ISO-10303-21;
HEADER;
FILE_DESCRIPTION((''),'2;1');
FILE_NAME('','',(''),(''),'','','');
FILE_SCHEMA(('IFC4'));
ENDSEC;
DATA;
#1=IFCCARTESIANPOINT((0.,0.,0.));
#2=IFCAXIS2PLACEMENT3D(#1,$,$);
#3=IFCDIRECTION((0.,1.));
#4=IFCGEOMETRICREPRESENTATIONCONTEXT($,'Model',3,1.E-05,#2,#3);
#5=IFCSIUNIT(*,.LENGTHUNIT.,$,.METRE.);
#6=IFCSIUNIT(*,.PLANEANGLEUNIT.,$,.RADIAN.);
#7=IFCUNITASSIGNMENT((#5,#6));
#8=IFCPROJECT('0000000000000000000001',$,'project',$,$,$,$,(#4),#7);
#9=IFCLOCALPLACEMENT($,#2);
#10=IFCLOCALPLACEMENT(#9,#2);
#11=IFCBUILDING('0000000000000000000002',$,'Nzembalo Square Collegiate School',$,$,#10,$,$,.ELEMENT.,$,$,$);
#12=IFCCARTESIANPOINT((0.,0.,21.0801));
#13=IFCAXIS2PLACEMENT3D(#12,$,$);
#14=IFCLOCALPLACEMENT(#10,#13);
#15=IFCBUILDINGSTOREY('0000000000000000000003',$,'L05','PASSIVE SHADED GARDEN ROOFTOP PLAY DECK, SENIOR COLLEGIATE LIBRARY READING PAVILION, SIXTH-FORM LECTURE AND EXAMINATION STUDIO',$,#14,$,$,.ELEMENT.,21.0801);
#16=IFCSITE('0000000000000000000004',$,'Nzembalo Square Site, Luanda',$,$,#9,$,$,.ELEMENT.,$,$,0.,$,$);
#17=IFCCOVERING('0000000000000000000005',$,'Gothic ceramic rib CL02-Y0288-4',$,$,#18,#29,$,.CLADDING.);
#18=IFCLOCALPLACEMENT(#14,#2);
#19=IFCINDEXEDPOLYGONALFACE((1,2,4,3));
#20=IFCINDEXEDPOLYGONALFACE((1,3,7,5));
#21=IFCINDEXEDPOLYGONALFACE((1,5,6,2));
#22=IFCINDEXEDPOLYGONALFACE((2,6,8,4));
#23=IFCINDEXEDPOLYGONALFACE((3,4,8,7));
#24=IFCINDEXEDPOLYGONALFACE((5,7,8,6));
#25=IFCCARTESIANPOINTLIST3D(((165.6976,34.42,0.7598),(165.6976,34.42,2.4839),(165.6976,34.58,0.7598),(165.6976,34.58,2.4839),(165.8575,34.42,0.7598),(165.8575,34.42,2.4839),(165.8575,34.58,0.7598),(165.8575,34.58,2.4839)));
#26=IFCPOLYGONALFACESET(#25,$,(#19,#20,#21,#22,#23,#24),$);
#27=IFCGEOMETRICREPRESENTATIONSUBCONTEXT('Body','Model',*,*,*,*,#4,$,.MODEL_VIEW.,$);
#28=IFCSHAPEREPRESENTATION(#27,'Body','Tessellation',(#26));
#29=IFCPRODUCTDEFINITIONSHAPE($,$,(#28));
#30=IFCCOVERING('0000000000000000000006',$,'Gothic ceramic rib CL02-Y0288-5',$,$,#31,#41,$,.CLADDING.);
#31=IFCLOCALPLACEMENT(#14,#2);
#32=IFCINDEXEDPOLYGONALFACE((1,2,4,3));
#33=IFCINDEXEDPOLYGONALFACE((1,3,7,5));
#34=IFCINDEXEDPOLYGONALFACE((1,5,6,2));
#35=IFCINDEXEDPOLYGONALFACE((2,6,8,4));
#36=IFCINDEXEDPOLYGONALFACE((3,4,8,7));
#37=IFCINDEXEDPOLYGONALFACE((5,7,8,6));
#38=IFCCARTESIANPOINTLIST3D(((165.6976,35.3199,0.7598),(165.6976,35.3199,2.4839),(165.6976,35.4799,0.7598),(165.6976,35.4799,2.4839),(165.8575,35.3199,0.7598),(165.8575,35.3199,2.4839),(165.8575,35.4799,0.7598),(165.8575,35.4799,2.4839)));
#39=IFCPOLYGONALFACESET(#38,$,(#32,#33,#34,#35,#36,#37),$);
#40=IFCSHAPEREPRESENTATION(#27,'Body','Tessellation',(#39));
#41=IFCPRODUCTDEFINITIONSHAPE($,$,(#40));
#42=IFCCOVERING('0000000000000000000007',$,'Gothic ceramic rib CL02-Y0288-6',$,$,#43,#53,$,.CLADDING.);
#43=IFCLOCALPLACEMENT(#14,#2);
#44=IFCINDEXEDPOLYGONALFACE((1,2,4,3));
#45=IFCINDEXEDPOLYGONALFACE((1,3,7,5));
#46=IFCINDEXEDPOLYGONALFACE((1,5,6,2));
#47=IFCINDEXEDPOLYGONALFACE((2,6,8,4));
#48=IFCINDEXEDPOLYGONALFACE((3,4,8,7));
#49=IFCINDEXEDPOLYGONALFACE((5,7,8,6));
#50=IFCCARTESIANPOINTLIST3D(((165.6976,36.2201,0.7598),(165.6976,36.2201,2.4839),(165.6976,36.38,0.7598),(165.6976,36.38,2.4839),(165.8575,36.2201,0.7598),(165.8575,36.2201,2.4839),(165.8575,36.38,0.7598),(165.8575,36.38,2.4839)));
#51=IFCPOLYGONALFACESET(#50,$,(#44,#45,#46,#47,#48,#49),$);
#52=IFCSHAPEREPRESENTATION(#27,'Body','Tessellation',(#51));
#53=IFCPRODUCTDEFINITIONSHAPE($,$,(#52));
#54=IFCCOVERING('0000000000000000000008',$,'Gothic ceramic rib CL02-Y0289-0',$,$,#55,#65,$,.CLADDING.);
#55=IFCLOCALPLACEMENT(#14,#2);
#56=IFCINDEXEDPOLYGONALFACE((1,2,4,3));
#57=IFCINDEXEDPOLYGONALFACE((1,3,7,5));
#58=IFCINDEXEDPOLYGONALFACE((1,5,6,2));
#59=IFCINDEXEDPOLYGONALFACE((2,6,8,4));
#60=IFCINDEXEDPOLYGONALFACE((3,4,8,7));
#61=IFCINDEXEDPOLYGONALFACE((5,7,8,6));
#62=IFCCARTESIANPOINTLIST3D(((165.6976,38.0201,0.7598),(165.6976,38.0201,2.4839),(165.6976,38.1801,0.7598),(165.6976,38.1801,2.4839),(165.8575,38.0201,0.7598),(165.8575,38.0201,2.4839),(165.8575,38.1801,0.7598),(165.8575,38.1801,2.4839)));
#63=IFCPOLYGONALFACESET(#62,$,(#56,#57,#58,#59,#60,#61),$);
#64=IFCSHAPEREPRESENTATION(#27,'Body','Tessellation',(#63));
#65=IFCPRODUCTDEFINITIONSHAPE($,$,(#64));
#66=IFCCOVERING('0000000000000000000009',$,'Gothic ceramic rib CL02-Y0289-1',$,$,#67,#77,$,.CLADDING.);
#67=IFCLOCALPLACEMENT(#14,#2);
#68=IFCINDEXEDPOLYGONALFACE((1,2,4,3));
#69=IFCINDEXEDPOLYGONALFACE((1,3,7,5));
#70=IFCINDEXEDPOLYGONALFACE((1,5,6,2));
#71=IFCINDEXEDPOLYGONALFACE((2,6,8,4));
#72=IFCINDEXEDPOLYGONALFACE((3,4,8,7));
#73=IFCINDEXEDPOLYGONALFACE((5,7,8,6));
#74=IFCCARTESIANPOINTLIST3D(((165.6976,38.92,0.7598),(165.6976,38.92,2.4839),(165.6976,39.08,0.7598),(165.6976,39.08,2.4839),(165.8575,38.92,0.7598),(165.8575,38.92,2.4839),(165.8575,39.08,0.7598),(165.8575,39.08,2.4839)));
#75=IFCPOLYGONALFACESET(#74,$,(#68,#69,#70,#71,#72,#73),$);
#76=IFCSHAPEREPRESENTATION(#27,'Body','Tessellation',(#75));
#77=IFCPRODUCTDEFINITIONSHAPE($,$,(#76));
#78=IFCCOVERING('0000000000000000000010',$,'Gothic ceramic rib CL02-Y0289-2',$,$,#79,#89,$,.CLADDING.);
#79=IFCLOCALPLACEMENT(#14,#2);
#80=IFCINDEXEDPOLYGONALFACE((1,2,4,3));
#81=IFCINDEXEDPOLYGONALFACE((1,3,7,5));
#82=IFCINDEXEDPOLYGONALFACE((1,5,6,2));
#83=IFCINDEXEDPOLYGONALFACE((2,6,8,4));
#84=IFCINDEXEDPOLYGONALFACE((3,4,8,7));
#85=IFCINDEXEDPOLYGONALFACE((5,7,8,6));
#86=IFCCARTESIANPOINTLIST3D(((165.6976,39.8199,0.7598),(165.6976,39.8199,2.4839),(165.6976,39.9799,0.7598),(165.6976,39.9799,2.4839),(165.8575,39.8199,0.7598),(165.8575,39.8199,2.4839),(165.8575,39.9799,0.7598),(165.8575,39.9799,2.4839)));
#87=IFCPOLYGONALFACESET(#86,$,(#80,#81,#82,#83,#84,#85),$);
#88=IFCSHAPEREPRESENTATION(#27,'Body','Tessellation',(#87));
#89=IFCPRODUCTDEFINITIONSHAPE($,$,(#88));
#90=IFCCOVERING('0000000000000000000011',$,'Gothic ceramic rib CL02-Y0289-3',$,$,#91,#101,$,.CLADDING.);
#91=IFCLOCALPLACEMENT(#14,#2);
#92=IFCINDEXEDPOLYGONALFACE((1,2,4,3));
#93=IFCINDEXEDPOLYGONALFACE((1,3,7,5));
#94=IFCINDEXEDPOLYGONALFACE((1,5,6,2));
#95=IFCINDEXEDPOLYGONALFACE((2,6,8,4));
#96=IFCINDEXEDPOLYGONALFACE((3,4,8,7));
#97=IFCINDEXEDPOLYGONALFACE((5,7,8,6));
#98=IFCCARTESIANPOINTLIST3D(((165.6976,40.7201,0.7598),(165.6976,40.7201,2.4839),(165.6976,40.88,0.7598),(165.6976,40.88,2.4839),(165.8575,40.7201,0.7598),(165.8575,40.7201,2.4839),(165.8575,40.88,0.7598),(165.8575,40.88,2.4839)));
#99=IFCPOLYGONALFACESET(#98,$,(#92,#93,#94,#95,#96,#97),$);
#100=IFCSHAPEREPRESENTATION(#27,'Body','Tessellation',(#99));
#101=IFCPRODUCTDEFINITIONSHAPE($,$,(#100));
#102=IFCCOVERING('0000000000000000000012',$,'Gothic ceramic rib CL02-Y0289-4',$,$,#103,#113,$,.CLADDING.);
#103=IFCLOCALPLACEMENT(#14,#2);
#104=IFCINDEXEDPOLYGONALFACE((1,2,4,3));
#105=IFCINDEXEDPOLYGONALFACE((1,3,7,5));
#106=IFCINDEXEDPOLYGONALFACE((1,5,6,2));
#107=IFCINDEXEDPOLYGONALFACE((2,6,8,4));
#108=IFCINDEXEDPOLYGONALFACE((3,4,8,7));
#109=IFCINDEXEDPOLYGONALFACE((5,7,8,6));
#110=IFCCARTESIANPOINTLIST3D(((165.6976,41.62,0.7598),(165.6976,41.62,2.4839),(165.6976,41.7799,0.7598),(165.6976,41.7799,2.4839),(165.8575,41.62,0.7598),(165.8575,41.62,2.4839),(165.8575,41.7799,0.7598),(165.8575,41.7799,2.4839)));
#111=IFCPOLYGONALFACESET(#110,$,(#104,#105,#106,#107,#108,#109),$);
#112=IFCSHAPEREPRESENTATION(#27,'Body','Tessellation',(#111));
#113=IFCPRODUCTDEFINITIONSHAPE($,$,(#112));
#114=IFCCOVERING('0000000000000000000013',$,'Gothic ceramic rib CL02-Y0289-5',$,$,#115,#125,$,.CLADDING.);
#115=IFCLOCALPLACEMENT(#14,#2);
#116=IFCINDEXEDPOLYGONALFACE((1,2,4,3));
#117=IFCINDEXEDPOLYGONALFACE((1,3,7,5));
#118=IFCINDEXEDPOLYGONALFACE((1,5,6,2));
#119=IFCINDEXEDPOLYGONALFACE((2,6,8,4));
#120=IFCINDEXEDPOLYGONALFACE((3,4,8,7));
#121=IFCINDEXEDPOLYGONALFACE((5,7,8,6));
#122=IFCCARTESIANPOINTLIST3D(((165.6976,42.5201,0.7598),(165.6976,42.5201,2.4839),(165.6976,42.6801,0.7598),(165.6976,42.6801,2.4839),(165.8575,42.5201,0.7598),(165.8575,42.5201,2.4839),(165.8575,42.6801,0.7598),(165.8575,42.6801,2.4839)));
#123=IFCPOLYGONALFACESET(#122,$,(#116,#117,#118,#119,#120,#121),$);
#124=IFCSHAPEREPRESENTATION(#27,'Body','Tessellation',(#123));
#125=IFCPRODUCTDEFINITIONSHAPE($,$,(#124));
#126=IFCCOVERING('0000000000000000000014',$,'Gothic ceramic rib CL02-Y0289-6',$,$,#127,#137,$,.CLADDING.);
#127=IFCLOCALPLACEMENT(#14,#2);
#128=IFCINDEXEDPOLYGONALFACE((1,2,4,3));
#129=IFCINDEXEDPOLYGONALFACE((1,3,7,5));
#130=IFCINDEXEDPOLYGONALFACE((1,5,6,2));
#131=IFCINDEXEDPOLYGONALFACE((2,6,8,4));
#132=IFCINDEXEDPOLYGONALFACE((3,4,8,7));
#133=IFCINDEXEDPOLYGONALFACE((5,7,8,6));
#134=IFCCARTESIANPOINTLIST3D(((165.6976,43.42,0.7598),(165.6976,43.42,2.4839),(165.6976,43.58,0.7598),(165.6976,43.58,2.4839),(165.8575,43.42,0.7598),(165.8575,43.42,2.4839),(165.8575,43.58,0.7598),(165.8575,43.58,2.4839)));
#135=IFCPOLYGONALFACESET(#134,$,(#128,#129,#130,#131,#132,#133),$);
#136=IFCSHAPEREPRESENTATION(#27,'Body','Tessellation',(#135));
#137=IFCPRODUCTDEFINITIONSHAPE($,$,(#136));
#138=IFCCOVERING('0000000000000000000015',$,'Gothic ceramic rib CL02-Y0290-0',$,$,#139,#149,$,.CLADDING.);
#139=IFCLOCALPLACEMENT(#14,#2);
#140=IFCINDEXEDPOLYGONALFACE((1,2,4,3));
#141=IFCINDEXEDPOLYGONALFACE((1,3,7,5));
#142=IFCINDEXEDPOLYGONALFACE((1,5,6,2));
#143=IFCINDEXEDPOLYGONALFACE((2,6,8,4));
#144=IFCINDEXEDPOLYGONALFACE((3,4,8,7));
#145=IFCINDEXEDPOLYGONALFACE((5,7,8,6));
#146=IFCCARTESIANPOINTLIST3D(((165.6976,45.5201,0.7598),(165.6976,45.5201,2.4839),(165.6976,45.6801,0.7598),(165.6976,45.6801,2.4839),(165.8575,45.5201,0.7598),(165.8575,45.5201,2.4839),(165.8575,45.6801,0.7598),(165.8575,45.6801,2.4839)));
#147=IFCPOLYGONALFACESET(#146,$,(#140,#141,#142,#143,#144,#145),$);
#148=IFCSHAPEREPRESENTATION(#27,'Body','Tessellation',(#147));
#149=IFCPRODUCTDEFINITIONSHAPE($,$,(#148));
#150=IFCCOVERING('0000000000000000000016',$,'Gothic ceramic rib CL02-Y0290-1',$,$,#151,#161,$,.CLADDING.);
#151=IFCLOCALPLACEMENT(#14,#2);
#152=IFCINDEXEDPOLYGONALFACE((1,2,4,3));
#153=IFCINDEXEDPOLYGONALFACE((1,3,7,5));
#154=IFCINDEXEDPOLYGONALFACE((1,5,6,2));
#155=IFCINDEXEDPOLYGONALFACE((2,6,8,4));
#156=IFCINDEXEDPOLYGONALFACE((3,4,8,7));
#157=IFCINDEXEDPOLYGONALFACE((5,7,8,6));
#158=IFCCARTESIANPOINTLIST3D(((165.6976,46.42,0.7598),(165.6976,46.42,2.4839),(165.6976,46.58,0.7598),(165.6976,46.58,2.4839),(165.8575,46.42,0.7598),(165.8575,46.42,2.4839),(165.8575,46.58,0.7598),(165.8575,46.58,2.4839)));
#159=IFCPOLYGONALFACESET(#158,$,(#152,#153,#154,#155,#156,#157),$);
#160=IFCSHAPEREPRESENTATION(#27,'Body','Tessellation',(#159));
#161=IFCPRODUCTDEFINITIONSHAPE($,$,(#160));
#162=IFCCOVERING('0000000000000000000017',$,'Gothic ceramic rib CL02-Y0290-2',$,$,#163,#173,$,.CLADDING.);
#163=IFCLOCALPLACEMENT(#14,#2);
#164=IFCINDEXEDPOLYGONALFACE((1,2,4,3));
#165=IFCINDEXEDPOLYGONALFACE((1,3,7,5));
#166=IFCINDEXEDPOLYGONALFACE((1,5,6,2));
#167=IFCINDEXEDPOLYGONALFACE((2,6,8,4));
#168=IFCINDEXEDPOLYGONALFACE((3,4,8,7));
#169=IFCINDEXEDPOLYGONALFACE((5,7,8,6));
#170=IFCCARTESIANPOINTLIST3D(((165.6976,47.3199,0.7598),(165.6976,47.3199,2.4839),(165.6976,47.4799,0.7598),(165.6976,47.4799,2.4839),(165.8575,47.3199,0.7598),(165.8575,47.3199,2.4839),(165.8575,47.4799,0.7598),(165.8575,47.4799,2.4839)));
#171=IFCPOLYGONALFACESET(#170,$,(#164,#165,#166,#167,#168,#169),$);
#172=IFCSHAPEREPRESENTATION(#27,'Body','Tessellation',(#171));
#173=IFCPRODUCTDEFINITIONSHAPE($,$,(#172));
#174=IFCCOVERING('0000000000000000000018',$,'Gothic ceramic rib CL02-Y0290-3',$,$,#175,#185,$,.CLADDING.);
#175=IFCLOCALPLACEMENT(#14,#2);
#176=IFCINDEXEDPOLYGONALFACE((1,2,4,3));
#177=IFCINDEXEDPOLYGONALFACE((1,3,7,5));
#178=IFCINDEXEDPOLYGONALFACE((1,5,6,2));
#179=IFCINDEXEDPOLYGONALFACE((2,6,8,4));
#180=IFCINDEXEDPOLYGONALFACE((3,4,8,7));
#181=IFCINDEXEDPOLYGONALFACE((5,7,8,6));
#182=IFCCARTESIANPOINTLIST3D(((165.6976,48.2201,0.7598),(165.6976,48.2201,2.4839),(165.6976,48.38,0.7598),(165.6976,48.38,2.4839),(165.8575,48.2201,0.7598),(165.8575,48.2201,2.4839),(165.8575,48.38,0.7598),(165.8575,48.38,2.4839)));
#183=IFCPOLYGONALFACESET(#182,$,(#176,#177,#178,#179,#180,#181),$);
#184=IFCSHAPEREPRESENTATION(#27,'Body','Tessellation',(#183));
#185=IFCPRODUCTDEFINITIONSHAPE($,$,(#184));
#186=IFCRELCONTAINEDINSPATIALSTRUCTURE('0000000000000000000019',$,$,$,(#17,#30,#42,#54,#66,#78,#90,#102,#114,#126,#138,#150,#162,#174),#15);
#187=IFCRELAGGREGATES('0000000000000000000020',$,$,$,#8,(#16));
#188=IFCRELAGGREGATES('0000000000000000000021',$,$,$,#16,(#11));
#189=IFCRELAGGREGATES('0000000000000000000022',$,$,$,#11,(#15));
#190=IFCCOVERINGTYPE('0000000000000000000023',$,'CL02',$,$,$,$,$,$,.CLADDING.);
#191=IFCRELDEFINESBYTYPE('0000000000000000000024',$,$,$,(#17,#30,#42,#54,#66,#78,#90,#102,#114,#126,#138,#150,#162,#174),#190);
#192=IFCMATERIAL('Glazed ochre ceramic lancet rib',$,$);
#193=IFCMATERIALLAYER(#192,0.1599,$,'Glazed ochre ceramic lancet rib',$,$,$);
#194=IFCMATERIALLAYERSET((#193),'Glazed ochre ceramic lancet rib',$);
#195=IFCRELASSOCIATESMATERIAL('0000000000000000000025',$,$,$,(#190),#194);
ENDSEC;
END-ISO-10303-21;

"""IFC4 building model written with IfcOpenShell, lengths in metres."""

from ifc_helpers import new_model, si_unit, direction, frame, origin, origin_2d, place, context, subcontext, project, spatial, rectangle, extrude, material, layer, layer_set, type_object, element, save


model = new_model("IFC4")

# Units and contexts
model_context = context("Model", 3, precision=1e-05, world=origin(), true_north=direction((0.0, 1.0)))
body_context = subcontext(model_context, "Body", "Model", "MODEL_VIEW")
ifc_project = project(units=[si_unit("LENGTHUNIT", "METRE"), si_unit("PLANEANGLEUNIT", "RADIAN")], contexts=[model_context])

# Site, building, storey
site_placement = place(None, origin())
site = spatial("IfcSite", under=ifc_project, at=site_placement, Name="Nzembalo Square Site, Luanda", CompositionType="ELEMENT", RefElevation=0.0)
building_placement = place(site_placement, origin())
building = spatial("IfcBuilding", under=site, at=building_placement, Name="Nzembalo Square Collegiate School", CompositionType="ELEMENT")
storey_placement = place(building_placement, frame((0.0, 0.0, 21.0801)))
storey = spatial("IfcBuildingStorey", under=building, at=storey_placement, Name="L05", Description="PASSIVE SHADED GARDEN ROOFTOP PLAY DECK, SENIOR COLLEGIATE LIBRARY READING PAVILION, SIXTH-FORM LECTURE AND EXAMINATION STUDIO", CompositionType="ELEMENT", Elevation=21.0801)

# Coverings
ifc_material_1 = material(Name="Glazed ochre ceramic lancet rib")
ifc_layer_1 = layer(ifc_material_1, 0.1599, Name="Glazed ochre ceramic lancet rib")
ifc_layer_set_1 = layer_set([ifc_layer_1], Name="Glazed ochre ceramic lancet rib")
covering_type_1 = type_object("IfcCoveringType", Name="CL02", PredefinedType="CLADDING", material=ifc_layer_set_1)
for number, where, z_axis, x_axis, name in (
    (1, (165.7776, 34.5, 0.7598), (0.0, 0.0, 1.0), (1.0, 0.0, 0.0), "Gothic ceramic rib CL02-Y0288-4"),
    (2, (165.7776, 35.3999, 0.7598), (0.0, 0.0, 1.0), (1.0, 0.0, 0.0), "Gothic ceramic rib CL02-Y0288-5"),
    (3, (165.7776, 36.3, 0.7598), (0.0, 0.0, 1.0), (1.0, 0.0, 0.0), "Gothic ceramic rib CL02-Y0288-6"),
    (4, (165.7776, 38.1001, 0.7598), (0.0, 0.0, 1.0), (1.0, 0.0, 0.0), "Gothic ceramic rib CL02-Y0289-0"),
    (5, (165.7776, 39.0, 0.7598), (0.0, 0.0, 1.0), (1.0, 0.0, 0.0), "Gothic ceramic rib CL02-Y0289-1"),
    (6, (165.7776, 39.8999, 0.7598), (0.0, 0.0, 1.0), (1.0, 0.0, 0.0), "Gothic ceramic rib CL02-Y0289-2"),
    (7, (165.7776, 40.8, 0.7598), (0.0, 0.0, 1.0), (1.0, 0.0, 0.0), "Gothic ceramic rib CL02-Y0289-3"),
    (8, (165.7776, 41.7, 0.7598), (0.0, 0.0, 1.0), (1.0, 0.0, 0.0), "Gothic ceramic rib CL02-Y0289-4"),
    (9, (165.7776, 42.6001, 0.7598), (0.0, 0.0, 1.0), (1.0, 0.0, 0.0), "Gothic ceramic rib CL02-Y0289-5"),
    (10, (165.7776, 43.5, 0.7598), (0.0, 0.0, 1.0), (1.0, 0.0, 0.0), "Gothic ceramic rib CL02-Y0289-6"),
    (11, (165.7776, 45.6001, 0.7598), (0.0, 0.0, 1.0), (1.0, 0.0, 0.0), "Gothic ceramic rib CL02-Y0290-0"),
    (12, (165.7776, 46.5, 0.7598), (0.0, 0.0, 1.0), (1.0, 0.0, 0.0), "Gothic ceramic rib CL02-Y0290-1"),
    (13, (165.7776, 47.3999, 0.7598), (0.0, 0.0, 1.0), (1.0, 0.0, 0.0), "Gothic ceramic rib CL02-Y0290-2"),
    (14, (165.7776, 48.3, 0.7598), (0.0, 0.0, 1.0), (1.0, 0.0, 0.0), "Gothic ceramic rib CL02-Y0290-3"),
):
    element("IfcCovering", number, at=place(storey_placement, frame(where, z_axis=z_axis, x_axis=x_axis)), inside=storey, type_object=covering_type_1, Name=name, PredefinedType="CLADDING", context=body_context, shape_type="SweptSolid", body=[
        extrude(rectangle(XDim=0.1599, YDim=0.1599, at=origin_2d()), origin(), (0.0, 0.0, 1.0), 1.7241),
    ])

save(model, "model.ifc")
